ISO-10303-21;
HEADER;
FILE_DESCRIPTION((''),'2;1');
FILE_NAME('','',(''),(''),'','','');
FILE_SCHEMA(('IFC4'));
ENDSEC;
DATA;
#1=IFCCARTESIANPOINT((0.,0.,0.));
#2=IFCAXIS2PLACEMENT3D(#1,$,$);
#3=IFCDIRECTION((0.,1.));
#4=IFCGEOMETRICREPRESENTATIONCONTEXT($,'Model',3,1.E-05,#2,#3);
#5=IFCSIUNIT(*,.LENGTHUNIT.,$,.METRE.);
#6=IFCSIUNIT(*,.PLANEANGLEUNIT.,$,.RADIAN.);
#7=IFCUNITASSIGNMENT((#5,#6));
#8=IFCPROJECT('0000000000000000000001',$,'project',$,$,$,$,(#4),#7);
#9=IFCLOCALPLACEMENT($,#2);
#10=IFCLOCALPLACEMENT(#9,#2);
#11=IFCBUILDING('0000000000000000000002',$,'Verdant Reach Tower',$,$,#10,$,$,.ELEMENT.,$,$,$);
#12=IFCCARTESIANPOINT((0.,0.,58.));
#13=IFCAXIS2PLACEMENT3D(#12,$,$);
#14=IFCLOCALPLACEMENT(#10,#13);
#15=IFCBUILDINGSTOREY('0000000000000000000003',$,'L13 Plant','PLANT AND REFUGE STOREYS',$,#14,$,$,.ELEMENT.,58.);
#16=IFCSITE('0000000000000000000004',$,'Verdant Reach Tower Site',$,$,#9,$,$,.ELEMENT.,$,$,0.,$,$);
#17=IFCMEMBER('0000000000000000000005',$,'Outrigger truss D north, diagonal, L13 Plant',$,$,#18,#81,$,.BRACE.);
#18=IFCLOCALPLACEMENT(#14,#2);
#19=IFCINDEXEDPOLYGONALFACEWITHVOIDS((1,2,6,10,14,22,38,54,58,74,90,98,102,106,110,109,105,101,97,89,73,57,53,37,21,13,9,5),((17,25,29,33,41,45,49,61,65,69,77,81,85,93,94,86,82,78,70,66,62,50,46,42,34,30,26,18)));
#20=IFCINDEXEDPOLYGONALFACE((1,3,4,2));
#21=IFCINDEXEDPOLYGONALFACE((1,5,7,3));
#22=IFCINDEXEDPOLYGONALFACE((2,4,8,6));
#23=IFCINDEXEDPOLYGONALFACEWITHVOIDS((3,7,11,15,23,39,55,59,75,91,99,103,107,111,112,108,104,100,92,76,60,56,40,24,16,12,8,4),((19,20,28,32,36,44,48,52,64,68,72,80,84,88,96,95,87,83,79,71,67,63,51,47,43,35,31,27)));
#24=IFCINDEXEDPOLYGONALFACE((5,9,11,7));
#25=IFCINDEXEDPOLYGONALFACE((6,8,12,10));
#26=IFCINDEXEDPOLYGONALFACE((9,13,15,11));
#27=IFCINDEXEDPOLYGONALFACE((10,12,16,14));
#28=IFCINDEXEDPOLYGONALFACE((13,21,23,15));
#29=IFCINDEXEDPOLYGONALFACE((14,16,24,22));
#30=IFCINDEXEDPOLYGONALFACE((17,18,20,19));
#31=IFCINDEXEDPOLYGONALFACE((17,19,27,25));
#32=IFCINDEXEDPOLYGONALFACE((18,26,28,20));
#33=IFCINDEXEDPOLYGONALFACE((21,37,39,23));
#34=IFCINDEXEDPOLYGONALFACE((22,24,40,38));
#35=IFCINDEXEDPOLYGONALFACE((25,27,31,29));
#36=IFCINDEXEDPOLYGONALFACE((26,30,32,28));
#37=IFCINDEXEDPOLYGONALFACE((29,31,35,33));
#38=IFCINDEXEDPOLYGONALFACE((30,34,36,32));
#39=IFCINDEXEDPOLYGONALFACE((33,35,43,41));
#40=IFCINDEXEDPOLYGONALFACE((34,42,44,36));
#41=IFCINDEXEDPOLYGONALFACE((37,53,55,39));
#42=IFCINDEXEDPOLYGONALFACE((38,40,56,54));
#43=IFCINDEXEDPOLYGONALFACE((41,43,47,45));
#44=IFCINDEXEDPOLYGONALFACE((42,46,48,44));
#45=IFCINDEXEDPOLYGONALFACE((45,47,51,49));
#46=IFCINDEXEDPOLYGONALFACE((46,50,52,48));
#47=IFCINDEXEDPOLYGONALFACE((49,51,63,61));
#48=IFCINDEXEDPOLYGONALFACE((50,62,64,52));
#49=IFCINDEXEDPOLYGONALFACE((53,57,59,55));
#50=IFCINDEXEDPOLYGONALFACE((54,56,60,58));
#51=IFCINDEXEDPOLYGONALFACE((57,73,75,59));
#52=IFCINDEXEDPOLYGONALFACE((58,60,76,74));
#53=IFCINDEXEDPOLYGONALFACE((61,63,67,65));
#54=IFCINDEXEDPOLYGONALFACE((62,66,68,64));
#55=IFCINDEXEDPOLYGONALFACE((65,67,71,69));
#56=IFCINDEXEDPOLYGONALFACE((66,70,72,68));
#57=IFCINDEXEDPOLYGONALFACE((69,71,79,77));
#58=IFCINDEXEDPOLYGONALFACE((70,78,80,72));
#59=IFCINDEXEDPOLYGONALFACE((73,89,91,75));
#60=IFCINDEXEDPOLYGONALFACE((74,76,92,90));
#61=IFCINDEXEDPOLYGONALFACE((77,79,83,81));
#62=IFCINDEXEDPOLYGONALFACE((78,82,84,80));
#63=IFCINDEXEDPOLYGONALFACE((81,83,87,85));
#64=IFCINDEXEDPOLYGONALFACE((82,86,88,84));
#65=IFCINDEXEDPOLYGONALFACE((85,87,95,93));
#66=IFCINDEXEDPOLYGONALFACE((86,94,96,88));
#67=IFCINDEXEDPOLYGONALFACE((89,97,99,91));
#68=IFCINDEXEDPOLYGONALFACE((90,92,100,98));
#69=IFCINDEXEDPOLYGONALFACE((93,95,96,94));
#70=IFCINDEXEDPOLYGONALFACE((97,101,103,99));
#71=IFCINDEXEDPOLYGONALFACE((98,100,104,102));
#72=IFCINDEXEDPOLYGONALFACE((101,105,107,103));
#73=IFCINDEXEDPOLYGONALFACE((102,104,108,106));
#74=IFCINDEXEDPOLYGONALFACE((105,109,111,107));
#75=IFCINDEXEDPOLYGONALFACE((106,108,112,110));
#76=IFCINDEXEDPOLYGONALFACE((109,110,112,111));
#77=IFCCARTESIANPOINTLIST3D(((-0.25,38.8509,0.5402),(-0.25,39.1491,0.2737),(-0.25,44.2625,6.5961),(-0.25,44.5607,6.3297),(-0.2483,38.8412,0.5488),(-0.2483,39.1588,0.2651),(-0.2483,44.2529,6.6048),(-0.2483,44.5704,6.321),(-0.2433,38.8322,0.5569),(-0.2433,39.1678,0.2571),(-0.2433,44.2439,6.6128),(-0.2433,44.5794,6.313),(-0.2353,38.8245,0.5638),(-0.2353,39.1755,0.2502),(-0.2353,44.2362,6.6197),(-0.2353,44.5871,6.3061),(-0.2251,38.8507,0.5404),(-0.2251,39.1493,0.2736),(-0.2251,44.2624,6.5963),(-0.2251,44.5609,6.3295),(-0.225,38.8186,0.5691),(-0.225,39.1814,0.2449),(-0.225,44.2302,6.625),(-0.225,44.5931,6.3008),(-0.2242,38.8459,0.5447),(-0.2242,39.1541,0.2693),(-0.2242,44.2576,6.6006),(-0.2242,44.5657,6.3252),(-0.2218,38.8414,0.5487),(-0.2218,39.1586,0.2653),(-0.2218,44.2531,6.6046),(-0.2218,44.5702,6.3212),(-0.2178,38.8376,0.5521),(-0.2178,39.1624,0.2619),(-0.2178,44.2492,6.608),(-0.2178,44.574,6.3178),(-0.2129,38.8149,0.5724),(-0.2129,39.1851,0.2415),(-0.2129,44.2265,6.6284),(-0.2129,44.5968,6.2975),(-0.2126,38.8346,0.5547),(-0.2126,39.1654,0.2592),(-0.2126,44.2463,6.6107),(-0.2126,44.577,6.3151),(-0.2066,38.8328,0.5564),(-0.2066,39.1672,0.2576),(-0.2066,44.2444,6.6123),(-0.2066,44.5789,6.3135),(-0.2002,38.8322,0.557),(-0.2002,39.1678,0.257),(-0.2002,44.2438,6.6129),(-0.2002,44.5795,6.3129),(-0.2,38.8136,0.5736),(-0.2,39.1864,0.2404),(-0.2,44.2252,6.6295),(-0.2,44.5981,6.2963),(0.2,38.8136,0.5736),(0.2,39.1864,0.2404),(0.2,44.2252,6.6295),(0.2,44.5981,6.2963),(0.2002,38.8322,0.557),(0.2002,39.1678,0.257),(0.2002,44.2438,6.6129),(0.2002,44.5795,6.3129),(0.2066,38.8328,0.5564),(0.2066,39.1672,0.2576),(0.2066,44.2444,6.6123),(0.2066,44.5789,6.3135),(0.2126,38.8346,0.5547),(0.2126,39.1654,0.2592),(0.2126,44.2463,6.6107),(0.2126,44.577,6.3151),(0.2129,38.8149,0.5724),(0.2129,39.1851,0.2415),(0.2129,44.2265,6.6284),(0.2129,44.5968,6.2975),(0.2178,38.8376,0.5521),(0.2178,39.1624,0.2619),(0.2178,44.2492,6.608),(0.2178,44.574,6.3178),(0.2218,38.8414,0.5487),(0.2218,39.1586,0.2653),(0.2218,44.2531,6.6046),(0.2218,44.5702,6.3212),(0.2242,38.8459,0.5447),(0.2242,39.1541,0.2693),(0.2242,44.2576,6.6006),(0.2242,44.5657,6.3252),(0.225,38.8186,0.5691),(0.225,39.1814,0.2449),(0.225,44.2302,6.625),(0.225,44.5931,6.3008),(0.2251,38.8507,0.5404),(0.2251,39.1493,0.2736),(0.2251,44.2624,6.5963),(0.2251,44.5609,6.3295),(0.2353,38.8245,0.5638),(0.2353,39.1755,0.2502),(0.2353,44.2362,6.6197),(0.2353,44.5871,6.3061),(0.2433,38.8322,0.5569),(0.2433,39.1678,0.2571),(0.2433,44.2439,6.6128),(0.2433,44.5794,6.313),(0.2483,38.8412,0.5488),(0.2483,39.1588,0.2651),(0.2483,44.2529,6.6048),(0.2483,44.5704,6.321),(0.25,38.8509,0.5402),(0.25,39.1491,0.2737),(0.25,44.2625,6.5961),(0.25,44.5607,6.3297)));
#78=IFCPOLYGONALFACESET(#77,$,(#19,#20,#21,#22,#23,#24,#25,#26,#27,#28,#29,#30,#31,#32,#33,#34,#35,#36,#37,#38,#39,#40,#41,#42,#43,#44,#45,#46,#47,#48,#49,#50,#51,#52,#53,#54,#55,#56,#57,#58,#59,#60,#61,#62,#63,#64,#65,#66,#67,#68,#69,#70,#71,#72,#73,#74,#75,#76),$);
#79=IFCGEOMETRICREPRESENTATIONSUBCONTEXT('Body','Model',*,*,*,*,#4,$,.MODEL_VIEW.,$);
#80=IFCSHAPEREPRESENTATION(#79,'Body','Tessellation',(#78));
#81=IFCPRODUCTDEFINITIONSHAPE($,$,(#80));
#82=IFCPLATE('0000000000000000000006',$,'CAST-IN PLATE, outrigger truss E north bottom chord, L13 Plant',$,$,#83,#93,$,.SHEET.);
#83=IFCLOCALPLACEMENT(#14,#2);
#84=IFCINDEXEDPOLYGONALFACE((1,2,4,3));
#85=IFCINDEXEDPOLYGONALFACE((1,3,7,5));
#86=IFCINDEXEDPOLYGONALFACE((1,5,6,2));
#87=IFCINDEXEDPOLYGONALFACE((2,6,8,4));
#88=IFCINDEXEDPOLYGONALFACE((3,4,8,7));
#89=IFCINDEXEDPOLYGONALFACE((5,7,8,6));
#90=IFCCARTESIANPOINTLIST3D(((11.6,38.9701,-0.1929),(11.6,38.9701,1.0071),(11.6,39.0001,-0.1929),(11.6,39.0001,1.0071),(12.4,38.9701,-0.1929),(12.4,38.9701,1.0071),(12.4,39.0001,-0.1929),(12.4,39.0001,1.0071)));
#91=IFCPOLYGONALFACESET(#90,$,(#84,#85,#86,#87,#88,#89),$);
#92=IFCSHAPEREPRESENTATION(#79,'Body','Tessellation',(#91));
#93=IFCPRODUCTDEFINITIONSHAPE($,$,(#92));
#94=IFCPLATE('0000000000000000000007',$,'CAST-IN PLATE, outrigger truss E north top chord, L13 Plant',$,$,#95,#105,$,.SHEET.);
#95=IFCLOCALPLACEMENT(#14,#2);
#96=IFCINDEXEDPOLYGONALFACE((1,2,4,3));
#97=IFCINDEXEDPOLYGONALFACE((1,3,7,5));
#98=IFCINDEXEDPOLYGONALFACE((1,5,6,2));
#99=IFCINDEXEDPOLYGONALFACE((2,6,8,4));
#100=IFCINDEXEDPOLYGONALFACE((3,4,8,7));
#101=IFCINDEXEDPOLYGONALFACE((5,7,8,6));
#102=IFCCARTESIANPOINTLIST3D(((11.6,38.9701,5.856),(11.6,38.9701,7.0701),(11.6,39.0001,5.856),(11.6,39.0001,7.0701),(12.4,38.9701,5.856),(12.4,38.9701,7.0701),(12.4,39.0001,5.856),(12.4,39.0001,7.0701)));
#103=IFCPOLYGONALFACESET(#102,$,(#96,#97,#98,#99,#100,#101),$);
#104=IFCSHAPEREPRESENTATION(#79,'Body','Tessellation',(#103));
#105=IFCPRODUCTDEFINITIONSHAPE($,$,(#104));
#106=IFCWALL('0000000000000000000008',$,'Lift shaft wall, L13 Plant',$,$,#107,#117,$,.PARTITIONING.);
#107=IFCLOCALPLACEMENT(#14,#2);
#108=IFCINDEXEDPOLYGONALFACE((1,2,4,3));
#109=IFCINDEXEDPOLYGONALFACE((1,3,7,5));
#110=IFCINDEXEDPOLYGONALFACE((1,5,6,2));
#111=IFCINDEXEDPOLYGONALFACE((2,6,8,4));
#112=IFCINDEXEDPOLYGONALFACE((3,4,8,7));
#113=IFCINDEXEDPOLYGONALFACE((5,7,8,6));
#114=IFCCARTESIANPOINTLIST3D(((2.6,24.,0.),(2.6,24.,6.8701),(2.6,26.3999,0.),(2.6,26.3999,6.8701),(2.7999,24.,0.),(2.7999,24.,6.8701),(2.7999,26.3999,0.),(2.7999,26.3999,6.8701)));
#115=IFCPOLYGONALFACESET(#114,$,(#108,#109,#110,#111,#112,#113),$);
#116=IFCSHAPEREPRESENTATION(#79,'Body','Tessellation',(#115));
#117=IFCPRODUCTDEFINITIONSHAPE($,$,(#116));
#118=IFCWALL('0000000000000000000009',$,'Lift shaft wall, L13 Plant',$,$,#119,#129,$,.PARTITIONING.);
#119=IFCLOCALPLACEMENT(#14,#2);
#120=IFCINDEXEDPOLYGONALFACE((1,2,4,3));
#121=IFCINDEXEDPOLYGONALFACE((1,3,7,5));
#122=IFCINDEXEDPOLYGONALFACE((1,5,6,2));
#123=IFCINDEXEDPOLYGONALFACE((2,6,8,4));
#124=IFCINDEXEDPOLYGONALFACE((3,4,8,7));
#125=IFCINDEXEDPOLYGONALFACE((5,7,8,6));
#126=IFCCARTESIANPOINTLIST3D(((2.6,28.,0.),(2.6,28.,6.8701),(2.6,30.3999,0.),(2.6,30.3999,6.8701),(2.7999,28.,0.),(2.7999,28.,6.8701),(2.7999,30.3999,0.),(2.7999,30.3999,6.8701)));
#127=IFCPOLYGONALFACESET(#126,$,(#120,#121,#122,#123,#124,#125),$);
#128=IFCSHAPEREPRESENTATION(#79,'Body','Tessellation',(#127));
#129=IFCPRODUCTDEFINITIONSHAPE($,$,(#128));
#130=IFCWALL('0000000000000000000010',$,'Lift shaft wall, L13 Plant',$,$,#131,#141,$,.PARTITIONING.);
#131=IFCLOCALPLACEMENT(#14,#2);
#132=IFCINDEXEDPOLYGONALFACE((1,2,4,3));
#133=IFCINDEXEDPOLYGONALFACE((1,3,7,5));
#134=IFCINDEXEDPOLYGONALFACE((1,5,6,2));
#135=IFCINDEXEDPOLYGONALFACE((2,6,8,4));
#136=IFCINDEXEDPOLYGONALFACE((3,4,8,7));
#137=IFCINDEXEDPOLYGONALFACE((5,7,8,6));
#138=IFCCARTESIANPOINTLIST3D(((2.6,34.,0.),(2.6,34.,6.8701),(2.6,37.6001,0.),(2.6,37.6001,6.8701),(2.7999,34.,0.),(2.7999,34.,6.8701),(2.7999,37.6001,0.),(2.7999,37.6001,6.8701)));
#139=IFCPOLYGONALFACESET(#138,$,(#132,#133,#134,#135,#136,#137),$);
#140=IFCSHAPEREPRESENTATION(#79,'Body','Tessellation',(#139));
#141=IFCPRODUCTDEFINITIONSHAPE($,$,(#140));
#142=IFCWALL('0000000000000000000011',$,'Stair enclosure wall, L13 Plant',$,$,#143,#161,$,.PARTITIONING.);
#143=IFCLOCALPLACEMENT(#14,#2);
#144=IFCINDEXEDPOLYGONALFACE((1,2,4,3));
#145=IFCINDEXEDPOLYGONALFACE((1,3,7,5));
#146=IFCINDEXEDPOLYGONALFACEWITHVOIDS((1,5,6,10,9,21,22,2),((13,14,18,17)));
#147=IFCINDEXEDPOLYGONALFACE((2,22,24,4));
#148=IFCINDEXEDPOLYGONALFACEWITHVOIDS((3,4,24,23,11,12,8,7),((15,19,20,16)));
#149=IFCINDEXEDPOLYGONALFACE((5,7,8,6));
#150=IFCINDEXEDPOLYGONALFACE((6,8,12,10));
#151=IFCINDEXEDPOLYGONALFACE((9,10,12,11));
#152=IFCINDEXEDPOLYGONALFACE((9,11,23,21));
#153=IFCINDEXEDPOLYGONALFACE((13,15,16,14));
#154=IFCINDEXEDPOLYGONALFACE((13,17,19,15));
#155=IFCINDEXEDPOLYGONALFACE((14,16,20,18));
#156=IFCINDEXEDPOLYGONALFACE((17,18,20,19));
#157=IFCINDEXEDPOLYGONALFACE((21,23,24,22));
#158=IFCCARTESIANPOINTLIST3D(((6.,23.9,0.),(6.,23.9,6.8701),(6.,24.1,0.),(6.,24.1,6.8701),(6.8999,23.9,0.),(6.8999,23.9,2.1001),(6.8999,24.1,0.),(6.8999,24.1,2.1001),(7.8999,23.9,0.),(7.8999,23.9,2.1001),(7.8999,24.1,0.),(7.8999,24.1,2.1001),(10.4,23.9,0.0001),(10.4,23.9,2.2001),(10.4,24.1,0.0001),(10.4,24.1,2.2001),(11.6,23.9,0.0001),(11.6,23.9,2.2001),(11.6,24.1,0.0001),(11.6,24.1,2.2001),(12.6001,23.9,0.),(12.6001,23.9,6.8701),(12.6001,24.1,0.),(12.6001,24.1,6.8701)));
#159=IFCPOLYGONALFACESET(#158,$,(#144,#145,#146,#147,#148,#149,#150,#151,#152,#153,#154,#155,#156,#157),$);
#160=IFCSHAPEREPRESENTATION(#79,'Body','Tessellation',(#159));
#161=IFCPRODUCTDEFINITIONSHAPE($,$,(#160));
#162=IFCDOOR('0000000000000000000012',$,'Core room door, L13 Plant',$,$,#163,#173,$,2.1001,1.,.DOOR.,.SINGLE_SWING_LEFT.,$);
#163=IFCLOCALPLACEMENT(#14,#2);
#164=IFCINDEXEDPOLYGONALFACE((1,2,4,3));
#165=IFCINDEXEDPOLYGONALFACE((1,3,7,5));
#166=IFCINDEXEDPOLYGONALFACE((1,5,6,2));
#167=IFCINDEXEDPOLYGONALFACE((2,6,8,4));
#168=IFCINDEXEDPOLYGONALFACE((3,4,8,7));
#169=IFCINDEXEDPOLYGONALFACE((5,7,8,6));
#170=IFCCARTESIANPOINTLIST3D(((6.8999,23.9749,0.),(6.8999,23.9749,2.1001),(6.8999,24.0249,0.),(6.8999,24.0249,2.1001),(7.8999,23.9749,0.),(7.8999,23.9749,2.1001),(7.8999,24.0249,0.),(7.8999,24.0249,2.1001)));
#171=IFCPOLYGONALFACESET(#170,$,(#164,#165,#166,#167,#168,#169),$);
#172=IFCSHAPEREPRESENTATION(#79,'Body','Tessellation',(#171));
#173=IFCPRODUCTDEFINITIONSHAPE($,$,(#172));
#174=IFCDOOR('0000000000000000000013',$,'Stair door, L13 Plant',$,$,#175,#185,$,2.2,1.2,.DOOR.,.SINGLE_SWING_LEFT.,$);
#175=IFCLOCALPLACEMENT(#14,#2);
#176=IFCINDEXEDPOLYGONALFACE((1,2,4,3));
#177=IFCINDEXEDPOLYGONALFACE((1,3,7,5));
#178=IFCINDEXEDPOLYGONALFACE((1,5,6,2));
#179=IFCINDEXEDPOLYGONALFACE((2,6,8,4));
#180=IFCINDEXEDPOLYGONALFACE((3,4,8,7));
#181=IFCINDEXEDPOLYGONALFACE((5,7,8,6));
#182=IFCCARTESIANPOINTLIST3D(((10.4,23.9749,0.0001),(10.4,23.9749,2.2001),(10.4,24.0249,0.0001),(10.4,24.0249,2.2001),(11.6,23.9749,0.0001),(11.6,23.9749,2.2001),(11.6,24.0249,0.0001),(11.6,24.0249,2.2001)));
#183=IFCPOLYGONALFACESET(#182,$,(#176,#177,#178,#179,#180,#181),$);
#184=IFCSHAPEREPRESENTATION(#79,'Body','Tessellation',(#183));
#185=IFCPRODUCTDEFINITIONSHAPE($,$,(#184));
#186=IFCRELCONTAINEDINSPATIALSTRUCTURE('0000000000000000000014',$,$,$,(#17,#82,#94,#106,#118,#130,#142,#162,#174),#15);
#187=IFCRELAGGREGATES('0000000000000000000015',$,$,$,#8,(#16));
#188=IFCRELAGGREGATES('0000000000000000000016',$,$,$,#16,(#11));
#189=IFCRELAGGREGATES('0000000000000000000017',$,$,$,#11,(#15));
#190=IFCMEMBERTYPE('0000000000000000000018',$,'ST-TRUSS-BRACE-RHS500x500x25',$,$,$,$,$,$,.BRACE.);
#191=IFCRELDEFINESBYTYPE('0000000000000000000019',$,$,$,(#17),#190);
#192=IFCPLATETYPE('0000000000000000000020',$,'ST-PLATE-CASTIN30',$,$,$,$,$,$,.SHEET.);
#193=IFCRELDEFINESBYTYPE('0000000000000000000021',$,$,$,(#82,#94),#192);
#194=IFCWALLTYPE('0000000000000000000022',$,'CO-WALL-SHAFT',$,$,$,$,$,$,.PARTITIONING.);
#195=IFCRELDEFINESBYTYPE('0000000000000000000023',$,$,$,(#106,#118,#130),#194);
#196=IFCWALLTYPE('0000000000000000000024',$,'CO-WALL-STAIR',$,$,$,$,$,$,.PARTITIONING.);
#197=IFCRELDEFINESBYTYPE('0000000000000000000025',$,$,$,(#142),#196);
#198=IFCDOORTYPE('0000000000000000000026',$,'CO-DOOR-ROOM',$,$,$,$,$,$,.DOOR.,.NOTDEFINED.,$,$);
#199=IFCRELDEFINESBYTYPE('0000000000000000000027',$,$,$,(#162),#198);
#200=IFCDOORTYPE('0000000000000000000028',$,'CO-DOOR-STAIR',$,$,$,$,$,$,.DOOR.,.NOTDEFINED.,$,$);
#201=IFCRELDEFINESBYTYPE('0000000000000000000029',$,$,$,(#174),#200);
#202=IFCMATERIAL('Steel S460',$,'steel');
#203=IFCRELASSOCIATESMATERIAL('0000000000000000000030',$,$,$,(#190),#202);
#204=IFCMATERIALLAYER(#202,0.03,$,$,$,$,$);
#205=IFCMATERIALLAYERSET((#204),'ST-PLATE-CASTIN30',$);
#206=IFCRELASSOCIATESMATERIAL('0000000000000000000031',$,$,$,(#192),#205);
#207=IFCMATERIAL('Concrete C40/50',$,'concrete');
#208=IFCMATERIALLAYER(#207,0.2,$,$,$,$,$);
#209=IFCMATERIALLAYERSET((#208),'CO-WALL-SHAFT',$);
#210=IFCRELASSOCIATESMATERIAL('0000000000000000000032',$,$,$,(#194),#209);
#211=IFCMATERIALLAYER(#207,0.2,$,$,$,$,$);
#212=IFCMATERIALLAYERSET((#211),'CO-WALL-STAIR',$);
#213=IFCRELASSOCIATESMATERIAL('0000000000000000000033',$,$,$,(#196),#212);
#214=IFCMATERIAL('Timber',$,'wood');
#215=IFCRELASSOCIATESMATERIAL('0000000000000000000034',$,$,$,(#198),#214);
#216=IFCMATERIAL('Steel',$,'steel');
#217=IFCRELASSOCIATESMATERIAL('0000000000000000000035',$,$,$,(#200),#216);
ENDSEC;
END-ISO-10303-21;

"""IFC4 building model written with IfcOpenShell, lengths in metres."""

from ifc_helpers import new_model, si_unit, direction, frame, frame_2d, origin, origin_2d, place, context, subcontext, project, spatial, rectangle, hollow_rectangle, extrude, material, layer, layer_set, material_profile, profile_set, type_object, element, fill, save


model = new_model("IFC4")

# Units and contexts
model_context = context("Model", 3, precision=1e-05, world=origin(), true_north=direction((0.0, 1.0)))
body_context = subcontext(model_context, "Body", "Model", "MODEL_VIEW")
ifc_project = project(units=[si_unit("LENGTHUNIT", "METRE"), si_unit("PLANEANGLEUNIT", "RADIAN")], contexts=[model_context])

# Site, building, storey
site_placement = place(None, origin())
site = spatial("IfcSite", under=ifc_project, at=site_placement, Name="Verdant Reach Tower Site", CompositionType="ELEMENT", RefElevation=0.0)
building_placement = place(site_placement, origin())
building = spatial("IfcBuilding", under=site, at=building_placement, Name="Verdant Reach Tower", CompositionType="ELEMENT")
storey_placement = place(building_placement, frame((0.0, 0.0, 58.0)))
storey = spatial("IfcBuildingStorey", under=building, at=storey_placement, Name="L13 Plant", Description="PLANT AND REFUGE STOREYS", CompositionType="ELEMENT", Elevation=58.0)

# Member
ifc_material_1 = material(Name="Steel S460", Category="steel")
ifc_material_profile_1 = material_profile(ifc_material_1, hollow_rectangle(XDim=0.5, YDim=0.5, WallThickness=0.0249, InnerFilletRadius=0.0249, OuterFilletRadius=0.05, at=origin_2d()), Name="RHS 500x500x25")
ifc_profile_set_1 = profile_set([ifc_material_profile_1], Name="Steel S460")
member_type = type_object("IfcMemberType", Name="ST-TRUSS-BRACE-RHS500x500x25", PredefinedType="BRACE", material=ifc_profile_set_1)
member_placement = place(storey_placement, frame((0.0, 39.0, 0.407), z_axis=(0.0, 0.666328, 0.745659), x_axis=(-1.0, 0.0, 0.0)))
element("IfcMember", 1, at=member_placement, inside=storey, type_object=member_type, Name="Outrigger truss D north, diagonal, L13 Plant", PredefinedType="BRACE", context=body_context, shape_type="SweptSolid", body=[
    extrude(hollow_rectangle(XDim=0.5, YDim=0.5, WallThickness=0.0249, InnerFilletRadius=0.0249, OuterFilletRadius=0.05, at=origin_2d()), origin(), (0.0, 0.0, 1.0), 8.1216),
])

# Plates
ifc_layer_1 = layer(ifc_material_1, 0.03)
ifc_layer_set_1 = layer_set([ifc_layer_1], Name="ST-PLATE-CASTIN30")
plate_type = type_object("IfcPlateType", Name="ST-PLATE-CASTIN30", PredefinedType="SHEET", material=ifc_layer_set_1)
plate_1_placement = place(storey_placement, frame((12.0, 38.9851, -0.1929), z_axis=(0.0, 0.0, 1.0), x_axis=(1.0, 0.0, 0.0)))
element("IfcPlate", 2, at=plate_1_placement, inside=storey, type_object=plate_type, Name="CAST-IN PLATE, outrigger truss E north bottom chord, L13 Plant", PredefinedType="SHEET", context=body_context, shape_type="SweptSolid", body=[
    extrude(rectangle(XDim=0.8, YDim=0.03, at=origin_2d()), origin(), (0.0, 0.0, 1.0), 1.2),
])
plate_2_placement = place(storey_placement, frame((12.0, 38.9851, 5.856), z_axis=(0.0, 0.0, 1.0), x_axis=(1.0, 0.0, 0.0)))
element("IfcPlate", 3, at=plate_2_placement, inside=storey, type_object=plate_type, Name="CAST-IN PLATE, outrigger truss E north top chord, L13 Plant", PredefinedType="SHEET", context=body_context, shape_type="SweptSolid", body=[
    extrude(rectangle(XDim=0.8, YDim=0.03, at=origin_2d()), origin(), (0.0, 0.0, 1.0), 1.2141),
])

# Walls
ifc_material_2 = material(Name="Concrete C40/50", Category="concrete")
ifc_layer_2 = layer(ifc_material_2, 0.2)
ifc_layer_set_2 = layer_set([ifc_layer_2], Name="CO-WALL-SHAFT")
wall_type_1 = type_object("IfcWallType", Name="CO-WALL-SHAFT", PredefinedType="PARTITIONING", material=ifc_layer_set_2)
for number, where, z_axis, x_axis, name in (
    (4, (2.7, 24.0, 0.0), (0.0, 0.0, 1.0), (0.0, 1.0, 0.0), "Lift shaft wall, L13 Plant"),
    (5, (2.7, 28.0, 0.0), (0.0, 0.0, 1.0), (0.0, 1.0, 0.0), "Lift shaft wall, L13 Plant"),
):
    element("IfcWall", number, at=place(storey_placement, frame(where, z_axis=z_axis, x_axis=x_axis)), inside=storey, type_object=wall_type_1, Name=name, PredefinedType="PARTITIONING", context=body_context, shape_type="SweptSolid", body=[
        extrude(rectangle(XDim=2.3999, YDim=0.2, at=frame_2d((1.2, 0.0))), origin(), (0.0, 0.0, 1.0), 6.8701),
    ])
wall_1_placement = place(storey_placement, frame((2.7, 34.0, 0.0), z_axis=(0.0, 0.0, 1.0), x_axis=(0.0, 1.0, 0.0)))
element("IfcWall", 6, at=wall_1_placement, inside=storey, type_object=wall_type_1, Name="Lift shaft wall, L13 Plant", PredefinedType="PARTITIONING", context=body_context, shape_type="SweptSolid", body=[
    extrude(rectangle(XDim=3.6001, YDim=0.2, at=frame_2d((1.8, 0.0))), origin(), (0.0, 0.0, 1.0), 6.8701),
])

# Wall, openings, doors
ifc_layer_3 = layer(ifc_material_2, 0.2)
ifc_layer_set_3 = layer_set([ifc_layer_3], Name="CO-WALL-STAIR")
wall_type_2 = type_object("IfcWallType", Name="CO-WALL-STAIR", PredefinedType="PARTITIONING", material=ifc_layer_set_3)
wall_2_placement = place(storey_placement, frame((6.0, 24.0, 0.0), z_axis=(0.0, 0.0, 1.0), x_axis=(1.0, 0.0, 0.0)))
wall_2 = element("IfcWall", 7, at=wall_2_placement, inside=storey, type_object=wall_type_2, Name="Stair enclosure wall, L13 Plant", PredefinedType="PARTITIONING", context=body_context, shape_type="SweptSolid", body=[
    extrude(rectangle(XDim=6.6001, YDim=0.2, at=frame_2d((3.3, 0.0))), origin(), (0.0, 0.0, 1.0), 6.8701),
])
opening_1_placement = place(wall_2_placement, frame((0.8999, 0.0, 0.0)))
opening_1 = element("IfcOpeningElement", 8, at=opening_1_placement, cuts=wall_2, PredefinedType="OPENING", context=body_context, shape_type="SweptSolid", body=[
    extrude(rectangle(XDim=1.0, YDim=2.1001, at=frame_2d((0.5, 1.05))), frame((0.0, 0.1099, 0.0), z_axis=(0.0, -1.0, 0.0), x_axis=(1.0, 0.0, 0.0)), (0.0, 0.0, 1.0), 0.22),
])
opening_2_placement = place(wall_2_placement, frame((4.3999, 0.0, 0.0)))
opening_2 = element("IfcOpeningElement", 9, at=opening_2_placement, cuts=wall_2, PredefinedType="OPENING", context=body_context, shape_type="SweptSolid", body=[
    extrude(rectangle(XDim=1.2, YDim=2.2, at=frame_2d((0.6001, 1.1001))), frame((0.0, 0.1099, 0.0), z_axis=(0.0, -1.0, 0.0), x_axis=(1.0, 0.0, 0.0)), (0.0, 0.0, 1.0), 0.22),
])
ifc_material_3 = material(Name="Timber", Category="wood")
door_type_1 = type_object("IfcDoorType", Name="CO-DOOR-ROOM", OperationType="NOTDEFINED", PredefinedType="DOOR", material=ifc_material_3)
door_1_placement = place(opening_1_placement, origin())
door_1 = element("IfcDoor", 10, at=door_1_placement, inside=storey, type_object=door_type_1, Name="Core room door, L13 Plant", OperationType="SINGLE_SWING_LEFT", OverallHeight=2.1001, OverallWidth=1.0, PredefinedType="DOOR", context=body_context, shape_type="SweptSolid", body=[
    extrude(rectangle(XDim=1.0, YDim=2.1001, at=frame_2d((0.5, 1.05))), frame((0.0, 0.0249, 0.0), z_axis=(0.0, -1.0, 0.0), x_axis=(1.0, 0.0, 0.0)), (0.0, 0.0, 1.0), 0.05),
])
fill(opening_1, door_1)
ifc_material_4 = material(Name="Steel", Category="steel")
door_type_2 = type_object("IfcDoorType", Name="CO-DOOR-STAIR", OperationType="NOTDEFINED", PredefinedType="DOOR", material=ifc_material_4)
door_2_placement = place(opening_2_placement, origin())
door_2 = element("IfcDoor", 11, at=door_2_placement, inside=storey, type_object=door_type_2, Name="Stair door, L13 Plant", OperationType="SINGLE_SWING_LEFT", OverallHeight=2.2, OverallWidth=1.2, PredefinedType="DOOR", context=body_context, shape_type="SweptSolid", body=[
    extrude(rectangle(XDim=1.2, YDim=2.2, at=frame_2d((0.6001, 1.1001))), frame((0.0, 0.0249, 0.0), z_axis=(0.0, -1.0, 0.0), x_axis=(1.0, 0.0, 0.0)), (0.0, 0.0, 1.0), 0.05),
])
fill(opening_2, door_2)

save(model, "model.ifc")
